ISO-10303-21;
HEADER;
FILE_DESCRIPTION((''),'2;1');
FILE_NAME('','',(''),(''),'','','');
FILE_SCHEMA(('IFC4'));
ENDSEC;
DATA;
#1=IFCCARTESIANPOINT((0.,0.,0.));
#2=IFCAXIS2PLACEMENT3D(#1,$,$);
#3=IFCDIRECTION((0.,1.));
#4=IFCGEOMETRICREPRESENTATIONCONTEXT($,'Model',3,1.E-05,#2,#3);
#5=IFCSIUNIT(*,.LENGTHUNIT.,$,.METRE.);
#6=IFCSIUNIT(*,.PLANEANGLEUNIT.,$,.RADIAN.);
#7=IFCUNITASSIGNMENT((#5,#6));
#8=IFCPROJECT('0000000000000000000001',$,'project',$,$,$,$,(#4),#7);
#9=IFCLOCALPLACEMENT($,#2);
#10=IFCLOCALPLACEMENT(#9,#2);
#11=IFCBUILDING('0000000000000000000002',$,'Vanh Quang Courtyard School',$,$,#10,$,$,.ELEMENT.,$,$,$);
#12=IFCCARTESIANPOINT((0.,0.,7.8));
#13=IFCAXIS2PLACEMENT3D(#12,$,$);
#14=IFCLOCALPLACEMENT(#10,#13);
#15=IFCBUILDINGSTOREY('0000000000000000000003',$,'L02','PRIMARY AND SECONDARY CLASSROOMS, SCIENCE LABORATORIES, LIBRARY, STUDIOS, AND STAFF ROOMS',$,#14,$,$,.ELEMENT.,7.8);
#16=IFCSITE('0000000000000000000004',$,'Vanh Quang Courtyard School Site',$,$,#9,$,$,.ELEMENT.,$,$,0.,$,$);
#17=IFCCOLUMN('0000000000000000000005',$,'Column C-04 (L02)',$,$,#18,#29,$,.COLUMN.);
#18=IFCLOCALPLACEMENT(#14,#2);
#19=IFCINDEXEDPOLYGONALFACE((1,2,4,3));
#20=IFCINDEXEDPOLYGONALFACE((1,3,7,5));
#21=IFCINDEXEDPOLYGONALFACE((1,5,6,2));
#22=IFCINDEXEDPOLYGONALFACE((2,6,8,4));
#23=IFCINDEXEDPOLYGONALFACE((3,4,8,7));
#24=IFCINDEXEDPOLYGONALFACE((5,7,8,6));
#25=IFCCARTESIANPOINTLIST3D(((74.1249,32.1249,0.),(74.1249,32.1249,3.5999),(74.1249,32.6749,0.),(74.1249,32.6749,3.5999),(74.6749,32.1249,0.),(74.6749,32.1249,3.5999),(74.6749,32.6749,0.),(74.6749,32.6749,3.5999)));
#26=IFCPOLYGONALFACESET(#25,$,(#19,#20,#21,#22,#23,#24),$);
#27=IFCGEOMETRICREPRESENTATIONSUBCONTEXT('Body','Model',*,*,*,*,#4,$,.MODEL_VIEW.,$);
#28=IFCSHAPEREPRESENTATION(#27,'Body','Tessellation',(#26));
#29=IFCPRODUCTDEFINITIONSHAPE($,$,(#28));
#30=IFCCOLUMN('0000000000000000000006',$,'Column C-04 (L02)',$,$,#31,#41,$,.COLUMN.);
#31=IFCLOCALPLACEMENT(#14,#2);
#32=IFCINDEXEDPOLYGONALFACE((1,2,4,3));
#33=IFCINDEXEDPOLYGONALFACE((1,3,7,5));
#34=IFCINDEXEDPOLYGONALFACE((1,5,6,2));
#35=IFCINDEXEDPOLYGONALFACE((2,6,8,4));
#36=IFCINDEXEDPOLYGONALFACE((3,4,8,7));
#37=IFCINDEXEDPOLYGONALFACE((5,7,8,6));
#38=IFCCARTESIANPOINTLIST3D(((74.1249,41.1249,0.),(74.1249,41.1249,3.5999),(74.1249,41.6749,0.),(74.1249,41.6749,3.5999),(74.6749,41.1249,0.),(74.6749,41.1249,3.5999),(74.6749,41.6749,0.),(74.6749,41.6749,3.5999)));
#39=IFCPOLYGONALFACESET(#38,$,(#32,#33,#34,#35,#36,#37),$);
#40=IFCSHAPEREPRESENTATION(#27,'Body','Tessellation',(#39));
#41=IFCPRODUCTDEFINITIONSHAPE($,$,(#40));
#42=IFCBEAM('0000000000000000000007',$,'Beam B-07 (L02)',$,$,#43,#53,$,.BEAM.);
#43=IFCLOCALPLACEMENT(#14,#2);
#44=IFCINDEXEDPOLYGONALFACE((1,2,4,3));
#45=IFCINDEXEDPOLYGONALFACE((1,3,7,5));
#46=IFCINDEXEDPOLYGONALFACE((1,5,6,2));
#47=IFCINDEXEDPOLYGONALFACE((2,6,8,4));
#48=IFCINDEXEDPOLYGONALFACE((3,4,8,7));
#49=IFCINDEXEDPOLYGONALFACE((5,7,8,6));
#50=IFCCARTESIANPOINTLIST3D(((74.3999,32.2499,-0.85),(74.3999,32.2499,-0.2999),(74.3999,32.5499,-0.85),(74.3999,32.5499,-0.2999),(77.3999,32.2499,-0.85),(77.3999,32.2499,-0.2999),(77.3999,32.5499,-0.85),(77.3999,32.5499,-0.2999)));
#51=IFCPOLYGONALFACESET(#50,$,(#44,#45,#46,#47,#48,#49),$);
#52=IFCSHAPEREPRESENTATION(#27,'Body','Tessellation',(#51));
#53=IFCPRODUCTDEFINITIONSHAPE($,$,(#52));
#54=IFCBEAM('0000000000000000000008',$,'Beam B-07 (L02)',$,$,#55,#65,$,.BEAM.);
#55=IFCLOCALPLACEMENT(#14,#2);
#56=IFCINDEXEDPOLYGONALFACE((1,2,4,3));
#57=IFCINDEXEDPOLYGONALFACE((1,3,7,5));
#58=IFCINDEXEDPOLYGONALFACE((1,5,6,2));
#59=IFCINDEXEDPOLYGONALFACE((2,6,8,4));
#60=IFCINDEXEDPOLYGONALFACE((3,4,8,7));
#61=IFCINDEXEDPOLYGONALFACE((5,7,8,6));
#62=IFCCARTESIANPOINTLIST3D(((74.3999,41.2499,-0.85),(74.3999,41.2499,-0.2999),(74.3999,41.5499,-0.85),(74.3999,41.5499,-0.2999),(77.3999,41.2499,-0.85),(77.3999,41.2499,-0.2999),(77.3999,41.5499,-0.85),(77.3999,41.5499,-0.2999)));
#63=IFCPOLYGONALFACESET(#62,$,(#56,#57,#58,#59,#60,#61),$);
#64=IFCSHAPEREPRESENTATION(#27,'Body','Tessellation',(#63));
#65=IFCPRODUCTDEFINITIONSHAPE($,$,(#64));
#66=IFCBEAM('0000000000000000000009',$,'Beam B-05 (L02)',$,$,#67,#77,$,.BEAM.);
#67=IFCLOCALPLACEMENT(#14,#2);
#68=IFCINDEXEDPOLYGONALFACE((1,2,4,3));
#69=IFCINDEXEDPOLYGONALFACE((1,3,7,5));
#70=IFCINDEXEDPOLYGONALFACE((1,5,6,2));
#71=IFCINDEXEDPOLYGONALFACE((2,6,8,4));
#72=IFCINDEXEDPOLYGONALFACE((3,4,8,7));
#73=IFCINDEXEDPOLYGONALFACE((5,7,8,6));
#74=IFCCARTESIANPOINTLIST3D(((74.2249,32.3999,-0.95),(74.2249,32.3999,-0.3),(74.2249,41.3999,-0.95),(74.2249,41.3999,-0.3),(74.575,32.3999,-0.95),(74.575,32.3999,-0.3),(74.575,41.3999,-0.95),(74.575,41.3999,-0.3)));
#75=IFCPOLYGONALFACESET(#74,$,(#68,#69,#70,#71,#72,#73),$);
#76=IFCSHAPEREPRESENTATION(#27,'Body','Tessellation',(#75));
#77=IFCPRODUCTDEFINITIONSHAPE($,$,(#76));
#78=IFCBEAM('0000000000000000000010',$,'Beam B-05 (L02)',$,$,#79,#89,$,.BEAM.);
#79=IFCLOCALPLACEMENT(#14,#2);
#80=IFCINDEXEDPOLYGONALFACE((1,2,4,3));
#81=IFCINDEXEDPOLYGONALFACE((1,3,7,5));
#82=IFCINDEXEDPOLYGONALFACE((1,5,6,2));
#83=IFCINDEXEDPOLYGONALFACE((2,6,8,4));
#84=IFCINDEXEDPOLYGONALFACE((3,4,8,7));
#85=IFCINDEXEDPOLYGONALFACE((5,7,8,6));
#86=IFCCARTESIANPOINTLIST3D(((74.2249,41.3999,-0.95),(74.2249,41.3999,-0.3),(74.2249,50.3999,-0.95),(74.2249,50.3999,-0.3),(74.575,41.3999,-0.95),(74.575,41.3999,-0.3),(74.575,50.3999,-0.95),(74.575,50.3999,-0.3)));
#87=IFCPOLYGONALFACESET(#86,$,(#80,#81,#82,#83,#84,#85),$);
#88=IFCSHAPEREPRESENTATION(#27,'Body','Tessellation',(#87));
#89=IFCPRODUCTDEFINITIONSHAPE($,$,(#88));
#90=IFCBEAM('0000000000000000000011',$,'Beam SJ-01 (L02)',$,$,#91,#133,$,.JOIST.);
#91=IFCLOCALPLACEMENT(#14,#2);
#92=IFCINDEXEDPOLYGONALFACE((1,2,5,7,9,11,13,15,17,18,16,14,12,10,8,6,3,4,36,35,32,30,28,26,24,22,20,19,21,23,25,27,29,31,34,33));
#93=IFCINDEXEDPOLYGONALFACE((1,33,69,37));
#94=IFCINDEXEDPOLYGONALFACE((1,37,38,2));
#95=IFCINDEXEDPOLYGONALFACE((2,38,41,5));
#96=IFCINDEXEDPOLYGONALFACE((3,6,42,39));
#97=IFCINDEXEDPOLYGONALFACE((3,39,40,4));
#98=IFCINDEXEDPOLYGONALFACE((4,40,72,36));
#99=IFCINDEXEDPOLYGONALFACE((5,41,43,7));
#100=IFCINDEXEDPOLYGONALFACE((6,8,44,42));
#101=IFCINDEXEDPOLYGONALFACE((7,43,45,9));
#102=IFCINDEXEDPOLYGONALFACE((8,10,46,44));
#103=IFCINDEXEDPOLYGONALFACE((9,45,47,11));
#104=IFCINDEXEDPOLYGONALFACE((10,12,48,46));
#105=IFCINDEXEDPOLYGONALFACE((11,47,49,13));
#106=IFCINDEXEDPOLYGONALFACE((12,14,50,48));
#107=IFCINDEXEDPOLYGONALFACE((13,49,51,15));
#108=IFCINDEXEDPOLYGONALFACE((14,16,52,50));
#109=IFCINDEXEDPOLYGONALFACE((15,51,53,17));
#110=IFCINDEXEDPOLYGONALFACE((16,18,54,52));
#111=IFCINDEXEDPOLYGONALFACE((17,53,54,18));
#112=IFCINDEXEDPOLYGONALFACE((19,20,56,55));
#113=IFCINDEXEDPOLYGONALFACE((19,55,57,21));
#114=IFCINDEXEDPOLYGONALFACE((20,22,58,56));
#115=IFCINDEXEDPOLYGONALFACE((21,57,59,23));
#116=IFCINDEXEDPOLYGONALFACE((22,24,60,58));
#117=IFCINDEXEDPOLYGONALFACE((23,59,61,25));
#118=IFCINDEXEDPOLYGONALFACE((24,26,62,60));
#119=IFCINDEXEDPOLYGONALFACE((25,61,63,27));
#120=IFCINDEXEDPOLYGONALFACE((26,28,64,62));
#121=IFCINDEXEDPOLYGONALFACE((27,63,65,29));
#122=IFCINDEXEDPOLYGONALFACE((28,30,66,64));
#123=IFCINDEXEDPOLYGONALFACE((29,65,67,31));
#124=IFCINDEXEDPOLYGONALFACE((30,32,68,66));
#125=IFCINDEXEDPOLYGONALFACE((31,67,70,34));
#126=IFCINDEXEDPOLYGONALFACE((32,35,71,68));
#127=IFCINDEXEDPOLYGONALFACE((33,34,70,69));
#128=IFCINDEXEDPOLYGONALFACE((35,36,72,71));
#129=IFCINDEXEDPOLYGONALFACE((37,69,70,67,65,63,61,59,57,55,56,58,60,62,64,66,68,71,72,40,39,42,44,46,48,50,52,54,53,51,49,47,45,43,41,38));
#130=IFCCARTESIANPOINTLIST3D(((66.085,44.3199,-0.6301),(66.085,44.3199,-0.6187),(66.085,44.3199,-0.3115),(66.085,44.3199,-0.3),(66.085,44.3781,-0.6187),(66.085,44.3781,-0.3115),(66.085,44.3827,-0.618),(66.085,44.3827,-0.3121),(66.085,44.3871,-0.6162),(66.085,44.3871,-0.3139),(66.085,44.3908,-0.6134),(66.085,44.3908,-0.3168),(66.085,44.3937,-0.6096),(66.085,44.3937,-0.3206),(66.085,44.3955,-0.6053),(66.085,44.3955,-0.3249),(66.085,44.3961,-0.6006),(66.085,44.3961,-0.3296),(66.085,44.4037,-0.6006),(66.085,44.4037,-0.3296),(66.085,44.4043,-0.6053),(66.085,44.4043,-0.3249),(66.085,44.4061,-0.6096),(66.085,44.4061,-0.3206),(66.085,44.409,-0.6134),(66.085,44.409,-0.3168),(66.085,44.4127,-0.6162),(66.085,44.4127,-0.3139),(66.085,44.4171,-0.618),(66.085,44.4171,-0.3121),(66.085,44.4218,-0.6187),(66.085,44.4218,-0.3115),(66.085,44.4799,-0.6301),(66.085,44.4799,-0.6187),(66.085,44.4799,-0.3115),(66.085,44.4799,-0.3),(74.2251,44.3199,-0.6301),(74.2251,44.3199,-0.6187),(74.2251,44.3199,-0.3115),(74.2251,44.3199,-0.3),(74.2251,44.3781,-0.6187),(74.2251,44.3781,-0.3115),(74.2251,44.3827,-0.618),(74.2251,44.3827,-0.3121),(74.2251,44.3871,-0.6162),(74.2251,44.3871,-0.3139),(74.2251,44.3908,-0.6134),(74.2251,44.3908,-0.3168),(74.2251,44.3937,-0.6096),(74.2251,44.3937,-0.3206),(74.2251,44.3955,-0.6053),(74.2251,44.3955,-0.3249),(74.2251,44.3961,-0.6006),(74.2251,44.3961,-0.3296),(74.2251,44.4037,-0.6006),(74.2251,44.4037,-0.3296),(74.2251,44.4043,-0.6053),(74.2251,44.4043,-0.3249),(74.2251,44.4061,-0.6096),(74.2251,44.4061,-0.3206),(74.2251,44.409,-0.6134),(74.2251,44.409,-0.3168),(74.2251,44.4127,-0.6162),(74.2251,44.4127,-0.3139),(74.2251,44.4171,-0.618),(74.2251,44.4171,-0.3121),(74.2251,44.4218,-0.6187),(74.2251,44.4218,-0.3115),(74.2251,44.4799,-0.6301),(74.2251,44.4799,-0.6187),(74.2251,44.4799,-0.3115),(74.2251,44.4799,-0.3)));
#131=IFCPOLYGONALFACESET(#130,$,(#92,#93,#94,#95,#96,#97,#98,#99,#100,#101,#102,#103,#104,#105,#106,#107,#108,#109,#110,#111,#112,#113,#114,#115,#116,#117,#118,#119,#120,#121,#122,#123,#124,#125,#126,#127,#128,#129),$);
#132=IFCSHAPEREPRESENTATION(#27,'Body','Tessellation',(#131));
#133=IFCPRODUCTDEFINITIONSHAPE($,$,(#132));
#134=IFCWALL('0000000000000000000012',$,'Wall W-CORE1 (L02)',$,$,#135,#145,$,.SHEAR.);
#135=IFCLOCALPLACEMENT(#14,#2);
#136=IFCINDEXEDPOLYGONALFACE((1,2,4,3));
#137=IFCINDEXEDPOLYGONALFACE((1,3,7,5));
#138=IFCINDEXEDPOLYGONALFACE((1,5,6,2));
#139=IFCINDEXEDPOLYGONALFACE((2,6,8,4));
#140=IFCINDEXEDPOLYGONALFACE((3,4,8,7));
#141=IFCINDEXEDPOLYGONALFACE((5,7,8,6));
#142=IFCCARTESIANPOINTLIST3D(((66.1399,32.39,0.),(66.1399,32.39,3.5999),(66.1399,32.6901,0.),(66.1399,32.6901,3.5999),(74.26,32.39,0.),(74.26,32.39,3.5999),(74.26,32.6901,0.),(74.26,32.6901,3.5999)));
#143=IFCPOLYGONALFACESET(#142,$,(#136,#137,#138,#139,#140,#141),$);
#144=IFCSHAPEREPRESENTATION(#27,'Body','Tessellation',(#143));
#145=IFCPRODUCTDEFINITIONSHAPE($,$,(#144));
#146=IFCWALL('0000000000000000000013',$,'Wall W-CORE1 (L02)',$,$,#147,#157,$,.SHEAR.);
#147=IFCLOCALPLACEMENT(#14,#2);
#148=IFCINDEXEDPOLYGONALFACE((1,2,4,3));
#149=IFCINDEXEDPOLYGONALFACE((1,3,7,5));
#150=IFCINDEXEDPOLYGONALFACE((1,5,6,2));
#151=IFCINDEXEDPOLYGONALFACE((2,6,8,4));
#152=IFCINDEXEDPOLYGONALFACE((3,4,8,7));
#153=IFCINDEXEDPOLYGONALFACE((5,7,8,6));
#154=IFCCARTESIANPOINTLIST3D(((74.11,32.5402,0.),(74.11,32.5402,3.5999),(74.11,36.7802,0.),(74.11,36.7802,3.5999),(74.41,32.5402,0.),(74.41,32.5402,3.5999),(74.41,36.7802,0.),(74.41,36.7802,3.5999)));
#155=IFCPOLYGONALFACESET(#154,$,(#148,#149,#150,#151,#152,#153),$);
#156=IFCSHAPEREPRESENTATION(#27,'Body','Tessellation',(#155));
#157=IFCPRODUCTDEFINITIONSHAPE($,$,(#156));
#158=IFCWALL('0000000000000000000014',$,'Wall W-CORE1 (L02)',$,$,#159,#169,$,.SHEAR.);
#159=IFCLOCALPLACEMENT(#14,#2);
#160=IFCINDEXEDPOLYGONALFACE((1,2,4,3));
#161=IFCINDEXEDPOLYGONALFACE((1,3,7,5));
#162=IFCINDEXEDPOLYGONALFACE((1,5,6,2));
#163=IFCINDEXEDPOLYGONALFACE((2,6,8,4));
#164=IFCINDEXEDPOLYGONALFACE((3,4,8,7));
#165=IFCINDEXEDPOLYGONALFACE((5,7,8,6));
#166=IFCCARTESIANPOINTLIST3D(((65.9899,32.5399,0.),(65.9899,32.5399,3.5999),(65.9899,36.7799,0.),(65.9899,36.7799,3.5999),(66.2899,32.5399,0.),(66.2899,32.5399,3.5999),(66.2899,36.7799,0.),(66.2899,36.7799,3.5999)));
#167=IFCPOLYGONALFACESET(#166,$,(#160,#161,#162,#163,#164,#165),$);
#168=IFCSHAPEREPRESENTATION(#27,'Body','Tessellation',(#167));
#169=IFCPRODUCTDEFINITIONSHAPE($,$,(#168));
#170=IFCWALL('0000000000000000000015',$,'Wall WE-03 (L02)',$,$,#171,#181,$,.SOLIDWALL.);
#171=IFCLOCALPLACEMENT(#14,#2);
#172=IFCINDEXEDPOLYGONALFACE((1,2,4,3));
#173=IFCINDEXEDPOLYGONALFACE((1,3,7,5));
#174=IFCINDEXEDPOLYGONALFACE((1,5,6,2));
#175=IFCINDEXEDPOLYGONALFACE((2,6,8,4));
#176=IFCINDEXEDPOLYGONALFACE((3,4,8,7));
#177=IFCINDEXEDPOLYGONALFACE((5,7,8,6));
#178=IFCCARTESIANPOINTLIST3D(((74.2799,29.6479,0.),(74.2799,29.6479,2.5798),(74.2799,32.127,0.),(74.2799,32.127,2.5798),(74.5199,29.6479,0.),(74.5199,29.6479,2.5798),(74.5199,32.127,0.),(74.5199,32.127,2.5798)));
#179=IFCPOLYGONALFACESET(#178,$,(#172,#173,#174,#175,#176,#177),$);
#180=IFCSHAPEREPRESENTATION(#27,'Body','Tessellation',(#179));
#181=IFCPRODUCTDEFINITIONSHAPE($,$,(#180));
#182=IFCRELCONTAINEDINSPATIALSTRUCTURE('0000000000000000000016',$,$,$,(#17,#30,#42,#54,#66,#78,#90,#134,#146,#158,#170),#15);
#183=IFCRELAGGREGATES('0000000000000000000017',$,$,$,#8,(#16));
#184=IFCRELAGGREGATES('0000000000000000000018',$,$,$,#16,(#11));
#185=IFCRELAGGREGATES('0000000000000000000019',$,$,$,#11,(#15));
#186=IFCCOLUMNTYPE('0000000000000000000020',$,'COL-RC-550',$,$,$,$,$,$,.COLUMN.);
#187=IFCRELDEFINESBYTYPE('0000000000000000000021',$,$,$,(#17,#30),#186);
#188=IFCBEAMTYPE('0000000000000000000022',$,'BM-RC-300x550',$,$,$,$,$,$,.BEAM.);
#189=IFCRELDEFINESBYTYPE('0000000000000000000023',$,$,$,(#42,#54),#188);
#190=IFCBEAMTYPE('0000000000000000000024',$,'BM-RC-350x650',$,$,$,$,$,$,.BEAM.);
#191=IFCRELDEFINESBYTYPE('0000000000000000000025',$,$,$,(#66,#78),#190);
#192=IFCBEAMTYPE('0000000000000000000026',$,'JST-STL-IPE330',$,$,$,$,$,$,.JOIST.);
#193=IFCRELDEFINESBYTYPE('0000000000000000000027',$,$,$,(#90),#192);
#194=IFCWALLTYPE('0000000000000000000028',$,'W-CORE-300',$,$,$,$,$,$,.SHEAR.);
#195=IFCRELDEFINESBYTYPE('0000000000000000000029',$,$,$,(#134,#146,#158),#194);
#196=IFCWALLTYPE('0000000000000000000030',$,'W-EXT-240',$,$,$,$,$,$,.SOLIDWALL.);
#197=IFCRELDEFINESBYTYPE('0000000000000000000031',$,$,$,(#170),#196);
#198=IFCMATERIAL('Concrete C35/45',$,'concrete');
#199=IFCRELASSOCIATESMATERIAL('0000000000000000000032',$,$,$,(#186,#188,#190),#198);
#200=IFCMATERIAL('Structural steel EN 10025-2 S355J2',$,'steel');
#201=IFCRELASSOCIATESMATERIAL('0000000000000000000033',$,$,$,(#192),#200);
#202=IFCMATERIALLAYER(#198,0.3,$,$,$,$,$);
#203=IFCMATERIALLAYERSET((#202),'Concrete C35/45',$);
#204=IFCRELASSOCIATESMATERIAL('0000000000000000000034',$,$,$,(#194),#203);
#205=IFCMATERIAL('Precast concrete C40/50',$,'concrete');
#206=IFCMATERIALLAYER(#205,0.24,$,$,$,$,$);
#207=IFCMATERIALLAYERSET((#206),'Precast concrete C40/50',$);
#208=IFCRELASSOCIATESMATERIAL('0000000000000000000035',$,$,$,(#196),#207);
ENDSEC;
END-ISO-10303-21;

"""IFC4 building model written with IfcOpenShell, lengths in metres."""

from ifc_helpers import new_model, si_unit, direction, frame, frame_2d, origin, origin_2d, place, context, subcontext, project, spatial, rectangle, i_section, extrude, material, layer, layer_set, material_profile, profile_set, type_object, element, save


model = new_model("IFC4")

# Units and contexts
model_context = context("Model", 3, precision=1e-05, world=origin(), true_north=direction((0.0, 1.0)))
body_context = subcontext(model_context, "Body", "Model", "MODEL_VIEW")
ifc_project = project(units=[si_unit("LENGTHUNIT", "METRE"), si_unit("PLANEANGLEUNIT", "RADIAN")], contexts=[model_context])

# Site, building, storey
site_placement = place(None, origin())
site = spatial("IfcSite", under=ifc_project, at=site_placement, Name="Vanh Quang Courtyard School Site", CompositionType="ELEMENT", RefElevation=0.0)
building_placement = place(site_placement, origin())
building = spatial("IfcBuilding", under=site, at=building_placement, Name="Vanh Quang Courtyard School", CompositionType="ELEMENT")
storey_placement = place(building_placement, frame((0.0, 0.0, 7.8)))
storey = spatial("IfcBuildingStorey", under=building, at=storey_placement, Name="L02", Description="PRIMARY AND SECONDARY CLASSROOMS, SCIENCE LABORATORIES, LIBRARY, STUDIOS, AND STAFF ROOMS", CompositionType="ELEMENT", Elevation=7.8)

# Columns
ifc_material_1 = material(Name="Concrete C35/45", Category="concrete")
ifc_material_profile_1 = material_profile(ifc_material_1, rectangle(XDim=0.55, YDim=0.55, at=origin_2d()), Name="RC-COL 550x550")
ifc_profile_set_1 = profile_set([ifc_material_profile_1], Name="Concrete C35/45")
column_type = type_object("IfcColumnType", Name="COL-RC-550", PredefinedType="COLUMN", material=ifc_profile_set_1)
for number, where, z_axis, x_axis, name in (
    (1, (74.3999, 32.3999, 0.0), (0.0, 0.0, 1.0), (1.0, 0.0, 0.0), "Column C-04 (L02)"),
    (2, (74.3999, 41.3999, 0.0), (0.0, 0.0, 1.0), (1.0, 0.0, 0.0), "Column C-04 (L02)"),
):
    element("IfcColumn", number, at=place(storey_placement, frame(where, z_axis=z_axis, x_axis=x_axis)), inside=storey, type_object=column_type, Name=name, PredefinedType="COLUMN", context=body_context, shape_type="SweptSolid", body=[
        extrude(rectangle(XDim=0.55, YDim=0.55, at=origin_2d()), origin(), (0.0, 0.0, 1.0), 3.5999),
    ])

# Beams
ifc_material_profile_2 = material_profile(ifc_material_1, rectangle(XDim=0.3, YDim=0.55, at=origin_2d()), Name="RC-BM 300x550")
ifc_profile_set_2 = profile_set([ifc_material_profile_2], Name="Concrete C35/45")
beam_type_1 = type_object("IfcBeamType", Name="BM-RC-300x550", PredefinedType="BEAM", material=ifc_profile_set_2)
for number, where, z_axis, x_axis, name in (
    (3, (74.3999, 32.3999, -0.575), (1.0, 0.0, 0.0), (0.0, 1.0, 0.0), "Beam B-07 (L02)"),
    (4, (74.3999, 41.3999, -0.575), (1.0, 0.0, 0.0), (0.0, 1.0, 0.0), "Beam B-07 (L02)"),
):
    element("IfcBeam", number, at=place(storey_placement, frame(where, z_axis=z_axis, x_axis=x_axis)), inside=storey, type_object=beam_type_1, Name=name, PredefinedType="BEAM", context=body_context, shape_type="SweptSolid", body=[
        extrude(rectangle(XDim=0.3, YDim=0.55, at=origin_2d()), origin(), (0.0, 0.0, 1.0), 3.0),
    ])
ifc_material_profile_3 = material_profile(ifc_material_1, rectangle(XDim=0.3501, YDim=0.6499, at=origin_2d()), Name="RC-BM 350x650")
ifc_profile_set_3 = profile_set([ifc_material_profile_3], Name="Concrete C35/45")
beam_type_2 = type_object("IfcBeamType", Name="BM-RC-350x650", PredefinedType="BEAM", material=ifc_profile_set_3)
for number, where, z_axis, x_axis, name in (
    (5, (74.3999, 32.3999, -0.625), (0.0, 1.0, 0.0), (-1.0, 0.0, 0.0), "Beam B-05 (L02)"),
    (6, (74.3999, 41.3999, -0.625), (0.0, 1.0, 0.0), (-1.0, 0.0, 0.0), "Beam B-05 (L02)"),
):
    element("IfcBeam", number, at=place(storey_placement, frame(where, z_axis=z_axis, x_axis=x_axis)), inside=storey, type_object=beam_type_2, Name=name, PredefinedType="BEAM", context=body_context, shape_type="SweptSolid", body=[
        extrude(rectangle(XDim=0.3501, YDim=0.6499, at=origin_2d()), origin(), (0.0, 0.0, 1.0), 9.0),
    ])
ifc_material_2 = material(Name="Structural steel EN 10025-2 S355J2", Category="steel")
ifc_material_profile_4 = material_profile(ifc_material_2, i_section(OverallWidth=0.1599, OverallDepth=0.3301, WebThickness=0.0076, FlangeThickness=0.0115, FilletRadius=0.0181, at=origin_2d()), Name="IPE 330")
ifc_profile_set_4 = profile_set([ifc_material_profile_4], Name="Structural steel EN 10025-2 S355J2")
beam_type_3 = type_object("IfcBeamType", Name="JST-STL-IPE330", PredefinedType="JOIST", material=ifc_profile_set_4)
beam_placement = place(storey_placement, frame((66.085, 44.3999, -0.4651), z_axis=(1.0, 0.0, 0.0), x_axis=(0.0, 1.0, 0.0)))
element("IfcBeam", 7, at=beam_placement, inside=storey, type_object=beam_type_3, Name="Beam SJ-01 (L02)", PredefinedType="JOIST", context=body_context, shape_type="SweptSolid", body=[
    extrude(i_section(OverallWidth=0.1599, OverallDepth=0.3301, WebThickness=0.0076, FlangeThickness=0.0115, FilletRadius=0.0181, at=origin_2d()), origin(), (0.0, 0.0, 1.0), 8.1401),
])

# Walls
ifc_layer_1 = layer(ifc_material_1, 0.3)
ifc_layer_set_1 = layer_set([ifc_layer_1], Name="Concrete C35/45")
wall_type_1 = type_object("IfcWallType", Name="W-CORE-300", PredefinedType="SHEAR", material=ifc_layer_set_1)
wall_1_placement = place(storey_placement, frame((66.1399, 32.54, 0.0), z_axis=(0.0, 0.0, 1.0), x_axis=(1.0, 0.0, 0.0)))
element("IfcWall", 8, at=wall_1_placement, inside=storey, type_object=wall_type_1, Name="Wall W-CORE1 (L02)", PredefinedType="SHEAR", context=body_context, shape_type="SweptSolid", body=[
    extrude(rectangle(XDim=8.1201, YDim=0.3, at=frame_2d((4.0601, 0.0))), origin(), (0.0, 0.0, 1.0), 3.5999),
])
wall_2_placement = place(storey_placement, frame((74.26, 32.54, 0.0), z_axis=(0.0, 0.0, 1.0), x_axis=(0.0, 1.0, 0.0)))
element("IfcWall", 9, at=wall_2_placement, inside=storey, type_object=wall_type_1, Name="Wall W-CORE1 (L02)", PredefinedType="SHEAR", context=body_context, shape_type="SweptSolid", body=[
    extrude(rectangle(XDim=4.24, YDim=0.3, at=frame_2d((2.1201, 0.0))), origin(), (0.0, 0.0, 1.0), 3.5999),
])

# Walls
wall_3_placement = place(storey_placement, frame((66.1399, 36.78, 0.0), z_axis=(0.0, 0.0, 1.0), x_axis=(0.0, -1.0, 0.0)))
element("IfcWall", 10, at=wall_3_placement, inside=storey, type_object=wall_type_1, Name="Wall W-CORE1 (L02)", PredefinedType="SHEAR", context=body_context, shape_type="SweptSolid", body=[
    extrude(rectangle(XDim=4.24, YDim=0.3, at=frame_2d((2.1201, 0.0))), origin(), (0.0, 0.0, 1.0), 3.5999),
])
ifc_material_3 = material(Name="Precast concrete C40/50", Category="concrete")
ifc_layer_2 = layer(ifc_material_3, 0.24)
ifc_layer_set_2 = layer_set([ifc_layer_2], Name="Precast concrete C40/50")
wall_type_2 = type_object("IfcWallType", Name="W-EXT-240", PredefinedType="SOLIDWALL", material=ifc_layer_set_2)
wall_4_placement = place(storey_placement, frame((74.3999, 29.6479, 0.0), z_axis=(0.0, 0.0, 1.0), x_axis=(0.0, 1.0, 0.0)))
element("IfcWall", 11, at=wall_4_placement, inside=storey, type_object=wall_type_2, Name="Wall WE-03 (L02)", PredefinedType="SOLIDWALL", context=body_context, shape_type="SweptSolid", body=[
    extrude(rectangle(XDim=2.479, YDim=0.24, at=frame_2d((1.2395, 0.0))), origin(), (0.0, 0.0, 1.0), 2.5798),
])

save(model, "model.ifc")
